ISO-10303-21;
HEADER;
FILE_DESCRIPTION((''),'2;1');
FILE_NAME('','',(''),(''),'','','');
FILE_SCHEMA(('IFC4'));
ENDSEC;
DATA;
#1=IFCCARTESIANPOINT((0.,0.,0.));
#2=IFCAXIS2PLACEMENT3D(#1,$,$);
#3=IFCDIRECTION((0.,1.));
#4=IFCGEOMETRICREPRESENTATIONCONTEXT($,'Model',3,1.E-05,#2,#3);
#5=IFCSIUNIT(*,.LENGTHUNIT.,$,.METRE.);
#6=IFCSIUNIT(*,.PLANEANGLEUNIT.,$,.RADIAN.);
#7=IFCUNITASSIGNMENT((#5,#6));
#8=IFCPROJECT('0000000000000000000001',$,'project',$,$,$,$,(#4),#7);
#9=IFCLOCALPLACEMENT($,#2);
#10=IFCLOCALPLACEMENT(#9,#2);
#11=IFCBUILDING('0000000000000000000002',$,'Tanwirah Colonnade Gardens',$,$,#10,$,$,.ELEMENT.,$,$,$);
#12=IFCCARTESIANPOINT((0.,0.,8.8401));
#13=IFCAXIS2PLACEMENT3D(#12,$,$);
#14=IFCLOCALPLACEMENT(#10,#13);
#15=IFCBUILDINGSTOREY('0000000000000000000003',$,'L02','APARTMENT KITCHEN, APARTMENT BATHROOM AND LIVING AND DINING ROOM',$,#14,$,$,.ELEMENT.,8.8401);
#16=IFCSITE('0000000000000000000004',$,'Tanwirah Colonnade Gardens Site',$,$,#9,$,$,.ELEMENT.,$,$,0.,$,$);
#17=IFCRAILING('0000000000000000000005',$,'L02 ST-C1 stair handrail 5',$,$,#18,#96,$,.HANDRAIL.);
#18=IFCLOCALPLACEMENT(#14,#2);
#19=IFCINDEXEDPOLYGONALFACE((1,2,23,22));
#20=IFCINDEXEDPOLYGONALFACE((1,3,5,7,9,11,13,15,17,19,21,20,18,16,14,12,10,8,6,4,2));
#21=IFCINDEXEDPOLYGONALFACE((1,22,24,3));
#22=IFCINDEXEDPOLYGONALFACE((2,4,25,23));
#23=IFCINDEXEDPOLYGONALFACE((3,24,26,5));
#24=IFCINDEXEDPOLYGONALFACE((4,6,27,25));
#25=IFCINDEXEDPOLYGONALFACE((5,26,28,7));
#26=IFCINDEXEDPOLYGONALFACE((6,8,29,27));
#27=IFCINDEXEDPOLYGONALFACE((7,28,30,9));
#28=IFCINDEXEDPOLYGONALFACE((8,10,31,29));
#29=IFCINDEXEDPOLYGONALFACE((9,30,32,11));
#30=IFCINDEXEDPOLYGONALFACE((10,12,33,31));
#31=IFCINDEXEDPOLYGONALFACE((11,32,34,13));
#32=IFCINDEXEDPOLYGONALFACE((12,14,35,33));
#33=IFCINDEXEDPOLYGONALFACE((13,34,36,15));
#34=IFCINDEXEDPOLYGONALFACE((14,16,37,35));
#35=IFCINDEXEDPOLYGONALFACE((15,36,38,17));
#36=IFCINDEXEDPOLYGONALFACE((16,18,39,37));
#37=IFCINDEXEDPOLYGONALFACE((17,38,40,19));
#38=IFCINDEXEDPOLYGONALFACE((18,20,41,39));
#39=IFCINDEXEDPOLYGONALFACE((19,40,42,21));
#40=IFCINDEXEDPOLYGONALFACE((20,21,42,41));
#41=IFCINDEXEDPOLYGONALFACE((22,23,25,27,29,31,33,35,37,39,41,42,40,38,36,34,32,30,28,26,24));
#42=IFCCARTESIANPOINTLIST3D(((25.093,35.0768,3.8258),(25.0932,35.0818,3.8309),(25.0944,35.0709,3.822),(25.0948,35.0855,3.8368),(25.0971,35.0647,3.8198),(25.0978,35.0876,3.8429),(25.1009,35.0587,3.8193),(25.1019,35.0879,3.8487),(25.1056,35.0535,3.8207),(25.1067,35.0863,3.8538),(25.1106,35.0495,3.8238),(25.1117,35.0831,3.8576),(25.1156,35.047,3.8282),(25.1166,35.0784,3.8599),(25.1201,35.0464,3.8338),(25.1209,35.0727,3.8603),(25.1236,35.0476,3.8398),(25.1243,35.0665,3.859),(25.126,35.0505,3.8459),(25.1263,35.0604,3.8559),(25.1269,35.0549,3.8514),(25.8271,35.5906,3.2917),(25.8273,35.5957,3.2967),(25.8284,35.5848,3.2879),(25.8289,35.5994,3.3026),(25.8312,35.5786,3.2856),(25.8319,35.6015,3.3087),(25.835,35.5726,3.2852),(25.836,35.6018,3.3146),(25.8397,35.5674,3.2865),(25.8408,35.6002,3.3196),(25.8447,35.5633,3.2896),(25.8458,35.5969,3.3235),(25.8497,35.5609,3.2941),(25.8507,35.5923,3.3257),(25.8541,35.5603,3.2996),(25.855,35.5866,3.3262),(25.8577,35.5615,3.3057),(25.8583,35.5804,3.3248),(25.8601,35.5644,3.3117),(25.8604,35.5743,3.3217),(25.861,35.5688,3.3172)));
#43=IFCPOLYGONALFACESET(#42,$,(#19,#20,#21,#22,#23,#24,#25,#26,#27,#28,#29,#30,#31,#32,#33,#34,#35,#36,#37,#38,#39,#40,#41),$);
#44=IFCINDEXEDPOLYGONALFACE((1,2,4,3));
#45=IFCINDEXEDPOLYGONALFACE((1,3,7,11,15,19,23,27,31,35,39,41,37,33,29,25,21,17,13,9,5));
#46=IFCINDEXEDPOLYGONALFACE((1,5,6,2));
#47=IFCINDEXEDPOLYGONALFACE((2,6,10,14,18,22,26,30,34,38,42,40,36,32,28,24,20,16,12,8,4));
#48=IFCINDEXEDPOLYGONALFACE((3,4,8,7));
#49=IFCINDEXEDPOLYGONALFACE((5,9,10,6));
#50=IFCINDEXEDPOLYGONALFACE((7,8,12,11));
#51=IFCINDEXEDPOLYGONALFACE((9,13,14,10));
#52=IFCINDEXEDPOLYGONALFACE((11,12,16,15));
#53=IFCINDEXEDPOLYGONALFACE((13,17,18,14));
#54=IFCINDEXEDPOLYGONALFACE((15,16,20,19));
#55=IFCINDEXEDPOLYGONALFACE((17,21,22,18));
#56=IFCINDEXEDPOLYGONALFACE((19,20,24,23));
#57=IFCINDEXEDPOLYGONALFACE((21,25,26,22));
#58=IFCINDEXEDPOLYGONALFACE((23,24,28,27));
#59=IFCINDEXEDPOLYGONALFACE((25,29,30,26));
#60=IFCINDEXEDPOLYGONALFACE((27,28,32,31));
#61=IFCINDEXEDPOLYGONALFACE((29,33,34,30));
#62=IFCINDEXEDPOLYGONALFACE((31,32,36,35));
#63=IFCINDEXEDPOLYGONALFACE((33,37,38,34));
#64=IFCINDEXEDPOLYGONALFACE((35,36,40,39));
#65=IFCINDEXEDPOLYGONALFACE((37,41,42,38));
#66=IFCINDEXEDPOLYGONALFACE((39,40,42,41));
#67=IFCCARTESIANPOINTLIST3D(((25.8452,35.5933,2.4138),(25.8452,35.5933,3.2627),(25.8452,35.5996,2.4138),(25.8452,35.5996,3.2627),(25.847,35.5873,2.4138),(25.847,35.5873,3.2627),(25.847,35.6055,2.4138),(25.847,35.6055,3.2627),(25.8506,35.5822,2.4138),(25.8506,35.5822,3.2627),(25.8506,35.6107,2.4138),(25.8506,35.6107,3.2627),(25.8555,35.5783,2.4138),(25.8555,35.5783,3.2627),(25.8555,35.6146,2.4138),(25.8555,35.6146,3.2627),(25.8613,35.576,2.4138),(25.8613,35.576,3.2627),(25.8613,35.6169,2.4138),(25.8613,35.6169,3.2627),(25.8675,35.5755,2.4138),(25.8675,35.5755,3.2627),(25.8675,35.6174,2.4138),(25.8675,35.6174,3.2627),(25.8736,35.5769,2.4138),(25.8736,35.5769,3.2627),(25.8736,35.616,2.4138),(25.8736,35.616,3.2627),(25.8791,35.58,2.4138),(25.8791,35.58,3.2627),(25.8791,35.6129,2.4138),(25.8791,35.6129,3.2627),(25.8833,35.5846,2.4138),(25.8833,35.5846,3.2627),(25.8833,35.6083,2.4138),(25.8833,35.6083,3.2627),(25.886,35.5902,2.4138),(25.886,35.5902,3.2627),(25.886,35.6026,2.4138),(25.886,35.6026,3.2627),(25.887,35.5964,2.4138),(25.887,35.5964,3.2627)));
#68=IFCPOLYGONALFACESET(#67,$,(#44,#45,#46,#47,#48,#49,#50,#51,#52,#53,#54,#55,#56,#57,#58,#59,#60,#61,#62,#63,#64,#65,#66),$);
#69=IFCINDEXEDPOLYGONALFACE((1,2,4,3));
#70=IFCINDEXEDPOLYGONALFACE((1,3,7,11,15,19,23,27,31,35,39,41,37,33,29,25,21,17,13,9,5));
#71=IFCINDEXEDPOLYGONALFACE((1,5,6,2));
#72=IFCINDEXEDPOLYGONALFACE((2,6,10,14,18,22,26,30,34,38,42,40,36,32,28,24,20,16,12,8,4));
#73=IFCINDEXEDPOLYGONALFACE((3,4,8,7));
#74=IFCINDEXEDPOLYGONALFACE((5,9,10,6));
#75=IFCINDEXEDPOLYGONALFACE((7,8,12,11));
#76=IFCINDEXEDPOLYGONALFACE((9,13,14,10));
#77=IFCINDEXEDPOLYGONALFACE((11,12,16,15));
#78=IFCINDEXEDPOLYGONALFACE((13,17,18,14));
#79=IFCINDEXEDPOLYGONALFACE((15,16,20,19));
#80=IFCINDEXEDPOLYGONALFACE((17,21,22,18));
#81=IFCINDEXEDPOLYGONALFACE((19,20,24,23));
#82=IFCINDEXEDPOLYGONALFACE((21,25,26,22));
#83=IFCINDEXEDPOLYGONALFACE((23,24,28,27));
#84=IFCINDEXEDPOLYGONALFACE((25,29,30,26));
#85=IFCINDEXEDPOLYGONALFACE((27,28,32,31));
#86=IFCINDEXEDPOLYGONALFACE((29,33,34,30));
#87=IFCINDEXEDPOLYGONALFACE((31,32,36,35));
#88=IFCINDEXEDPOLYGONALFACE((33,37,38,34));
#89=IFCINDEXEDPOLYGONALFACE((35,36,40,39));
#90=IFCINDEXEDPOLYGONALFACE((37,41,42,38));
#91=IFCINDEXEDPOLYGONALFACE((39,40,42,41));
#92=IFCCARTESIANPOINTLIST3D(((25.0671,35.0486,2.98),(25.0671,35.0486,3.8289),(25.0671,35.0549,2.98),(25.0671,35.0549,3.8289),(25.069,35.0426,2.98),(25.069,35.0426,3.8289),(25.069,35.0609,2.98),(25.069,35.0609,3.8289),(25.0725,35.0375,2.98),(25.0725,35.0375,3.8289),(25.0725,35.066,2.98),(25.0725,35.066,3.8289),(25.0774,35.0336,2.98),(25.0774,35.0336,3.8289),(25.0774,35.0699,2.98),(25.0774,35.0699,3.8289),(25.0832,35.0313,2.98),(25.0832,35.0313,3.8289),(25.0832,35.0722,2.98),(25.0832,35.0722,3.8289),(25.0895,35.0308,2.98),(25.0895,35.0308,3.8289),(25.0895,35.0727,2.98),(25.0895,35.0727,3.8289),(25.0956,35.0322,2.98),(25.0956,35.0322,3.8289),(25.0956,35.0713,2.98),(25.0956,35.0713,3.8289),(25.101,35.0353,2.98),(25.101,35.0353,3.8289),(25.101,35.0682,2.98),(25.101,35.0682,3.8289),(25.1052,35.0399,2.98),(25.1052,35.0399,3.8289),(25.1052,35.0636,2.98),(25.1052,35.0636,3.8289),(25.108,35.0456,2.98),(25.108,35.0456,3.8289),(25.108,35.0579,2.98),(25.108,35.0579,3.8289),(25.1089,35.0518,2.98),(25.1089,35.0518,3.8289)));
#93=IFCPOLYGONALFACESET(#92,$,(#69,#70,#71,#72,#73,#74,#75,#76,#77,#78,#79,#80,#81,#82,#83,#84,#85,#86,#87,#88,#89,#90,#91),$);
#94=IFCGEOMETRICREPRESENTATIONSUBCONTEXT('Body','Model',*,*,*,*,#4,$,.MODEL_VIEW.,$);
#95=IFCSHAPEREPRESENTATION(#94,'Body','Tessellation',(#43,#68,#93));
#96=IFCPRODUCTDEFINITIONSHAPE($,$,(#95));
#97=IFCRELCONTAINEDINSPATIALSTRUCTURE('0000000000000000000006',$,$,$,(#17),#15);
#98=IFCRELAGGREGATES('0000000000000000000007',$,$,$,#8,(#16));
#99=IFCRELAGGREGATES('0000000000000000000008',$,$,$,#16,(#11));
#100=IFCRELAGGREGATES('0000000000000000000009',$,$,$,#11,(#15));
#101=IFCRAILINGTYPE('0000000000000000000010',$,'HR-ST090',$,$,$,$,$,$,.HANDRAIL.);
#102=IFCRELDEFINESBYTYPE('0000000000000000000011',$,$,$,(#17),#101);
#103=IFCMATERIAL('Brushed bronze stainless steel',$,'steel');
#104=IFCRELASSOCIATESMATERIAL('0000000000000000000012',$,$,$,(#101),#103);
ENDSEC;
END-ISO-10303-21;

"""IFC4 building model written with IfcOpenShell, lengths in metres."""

from ifc_helpers import new_model, si_unit, direction, frame, origin, origin_2d, place, context, subcontext, project, spatial, circle, extrude, material, type_object, element, save


model = new_model("IFC4")

# Units and contexts
model_context = context("Model", 3, precision=1e-05, world=origin(), true_north=direction((0.0, 1.0)))
body_context = subcontext(model_context, "Body", "Model", "MODEL_VIEW")
ifc_project = project(units=[si_unit("LENGTHUNIT", "METRE"), si_unit("PLANEANGLEUNIT", "RADIAN")], contexts=[model_context])

# Site, building, storey
site_placement = place(None, origin())
site = spatial("IfcSite", under=ifc_project, at=site_placement, Name="Tanwirah Colonnade Gardens Site", CompositionType="ELEMENT", RefElevation=0.0)
building_placement = place(site_placement, origin())
building = spatial("IfcBuilding", under=site, at=building_placement, Name="Tanwirah Colonnade Gardens", CompositionType="ELEMENT")
storey_placement = place(building_placement, frame((0.0, 0.0, 8.8401)))
storey = spatial("IfcBuildingStorey", under=building, at=storey_placement, Name="L02", Description="APARTMENT KITCHEN, APARTMENT BATHROOM AND LIVING AND DINING ROOM", CompositionType="ELEMENT", Elevation=8.8401)

# Railing
ifc_material_1 = material(Name="Brushed bronze stainless steel", Category="steel")
railing_type_1 = type_object("IfcRailingType", Name="HR-ST090", PredefinedType="HANDRAIL", material=ifc_material_1)
railing_1_placement = place(storey_placement, frame((25.866, 35.5964, 2.4138)))
element("IfcRailing", 1, at=railing_1_placement, inside=storey, type_object=railing_type_1, Name="L02 ST-C1 stair handrail 5", PredefinedType="HANDRAIL", context=body_context, shape_type="SweptSolid", body=[
    extrude(circle(Radius=0.0239, at=origin_2d()), frame((-0.022, -0.0154, 0.8918), z_axis=(-0.703683, -0.4926, 0.51203), x_axis=(0.57348, -0.81922, 0.0)), (0.0, 0.0, 1.0), 1.0432),
    extrude(circle(Radius=0.021, at=origin_2d()), origin(), (0.0, 0.0, 1.0), 0.8489),
    extrude(circle(Radius=0.021, at=origin_2d()), frame((-0.7781, -0.5447, 0.5662)), (0.0, 0.0, 1.0), 0.8489),
])

save(model, "model.ifc")
